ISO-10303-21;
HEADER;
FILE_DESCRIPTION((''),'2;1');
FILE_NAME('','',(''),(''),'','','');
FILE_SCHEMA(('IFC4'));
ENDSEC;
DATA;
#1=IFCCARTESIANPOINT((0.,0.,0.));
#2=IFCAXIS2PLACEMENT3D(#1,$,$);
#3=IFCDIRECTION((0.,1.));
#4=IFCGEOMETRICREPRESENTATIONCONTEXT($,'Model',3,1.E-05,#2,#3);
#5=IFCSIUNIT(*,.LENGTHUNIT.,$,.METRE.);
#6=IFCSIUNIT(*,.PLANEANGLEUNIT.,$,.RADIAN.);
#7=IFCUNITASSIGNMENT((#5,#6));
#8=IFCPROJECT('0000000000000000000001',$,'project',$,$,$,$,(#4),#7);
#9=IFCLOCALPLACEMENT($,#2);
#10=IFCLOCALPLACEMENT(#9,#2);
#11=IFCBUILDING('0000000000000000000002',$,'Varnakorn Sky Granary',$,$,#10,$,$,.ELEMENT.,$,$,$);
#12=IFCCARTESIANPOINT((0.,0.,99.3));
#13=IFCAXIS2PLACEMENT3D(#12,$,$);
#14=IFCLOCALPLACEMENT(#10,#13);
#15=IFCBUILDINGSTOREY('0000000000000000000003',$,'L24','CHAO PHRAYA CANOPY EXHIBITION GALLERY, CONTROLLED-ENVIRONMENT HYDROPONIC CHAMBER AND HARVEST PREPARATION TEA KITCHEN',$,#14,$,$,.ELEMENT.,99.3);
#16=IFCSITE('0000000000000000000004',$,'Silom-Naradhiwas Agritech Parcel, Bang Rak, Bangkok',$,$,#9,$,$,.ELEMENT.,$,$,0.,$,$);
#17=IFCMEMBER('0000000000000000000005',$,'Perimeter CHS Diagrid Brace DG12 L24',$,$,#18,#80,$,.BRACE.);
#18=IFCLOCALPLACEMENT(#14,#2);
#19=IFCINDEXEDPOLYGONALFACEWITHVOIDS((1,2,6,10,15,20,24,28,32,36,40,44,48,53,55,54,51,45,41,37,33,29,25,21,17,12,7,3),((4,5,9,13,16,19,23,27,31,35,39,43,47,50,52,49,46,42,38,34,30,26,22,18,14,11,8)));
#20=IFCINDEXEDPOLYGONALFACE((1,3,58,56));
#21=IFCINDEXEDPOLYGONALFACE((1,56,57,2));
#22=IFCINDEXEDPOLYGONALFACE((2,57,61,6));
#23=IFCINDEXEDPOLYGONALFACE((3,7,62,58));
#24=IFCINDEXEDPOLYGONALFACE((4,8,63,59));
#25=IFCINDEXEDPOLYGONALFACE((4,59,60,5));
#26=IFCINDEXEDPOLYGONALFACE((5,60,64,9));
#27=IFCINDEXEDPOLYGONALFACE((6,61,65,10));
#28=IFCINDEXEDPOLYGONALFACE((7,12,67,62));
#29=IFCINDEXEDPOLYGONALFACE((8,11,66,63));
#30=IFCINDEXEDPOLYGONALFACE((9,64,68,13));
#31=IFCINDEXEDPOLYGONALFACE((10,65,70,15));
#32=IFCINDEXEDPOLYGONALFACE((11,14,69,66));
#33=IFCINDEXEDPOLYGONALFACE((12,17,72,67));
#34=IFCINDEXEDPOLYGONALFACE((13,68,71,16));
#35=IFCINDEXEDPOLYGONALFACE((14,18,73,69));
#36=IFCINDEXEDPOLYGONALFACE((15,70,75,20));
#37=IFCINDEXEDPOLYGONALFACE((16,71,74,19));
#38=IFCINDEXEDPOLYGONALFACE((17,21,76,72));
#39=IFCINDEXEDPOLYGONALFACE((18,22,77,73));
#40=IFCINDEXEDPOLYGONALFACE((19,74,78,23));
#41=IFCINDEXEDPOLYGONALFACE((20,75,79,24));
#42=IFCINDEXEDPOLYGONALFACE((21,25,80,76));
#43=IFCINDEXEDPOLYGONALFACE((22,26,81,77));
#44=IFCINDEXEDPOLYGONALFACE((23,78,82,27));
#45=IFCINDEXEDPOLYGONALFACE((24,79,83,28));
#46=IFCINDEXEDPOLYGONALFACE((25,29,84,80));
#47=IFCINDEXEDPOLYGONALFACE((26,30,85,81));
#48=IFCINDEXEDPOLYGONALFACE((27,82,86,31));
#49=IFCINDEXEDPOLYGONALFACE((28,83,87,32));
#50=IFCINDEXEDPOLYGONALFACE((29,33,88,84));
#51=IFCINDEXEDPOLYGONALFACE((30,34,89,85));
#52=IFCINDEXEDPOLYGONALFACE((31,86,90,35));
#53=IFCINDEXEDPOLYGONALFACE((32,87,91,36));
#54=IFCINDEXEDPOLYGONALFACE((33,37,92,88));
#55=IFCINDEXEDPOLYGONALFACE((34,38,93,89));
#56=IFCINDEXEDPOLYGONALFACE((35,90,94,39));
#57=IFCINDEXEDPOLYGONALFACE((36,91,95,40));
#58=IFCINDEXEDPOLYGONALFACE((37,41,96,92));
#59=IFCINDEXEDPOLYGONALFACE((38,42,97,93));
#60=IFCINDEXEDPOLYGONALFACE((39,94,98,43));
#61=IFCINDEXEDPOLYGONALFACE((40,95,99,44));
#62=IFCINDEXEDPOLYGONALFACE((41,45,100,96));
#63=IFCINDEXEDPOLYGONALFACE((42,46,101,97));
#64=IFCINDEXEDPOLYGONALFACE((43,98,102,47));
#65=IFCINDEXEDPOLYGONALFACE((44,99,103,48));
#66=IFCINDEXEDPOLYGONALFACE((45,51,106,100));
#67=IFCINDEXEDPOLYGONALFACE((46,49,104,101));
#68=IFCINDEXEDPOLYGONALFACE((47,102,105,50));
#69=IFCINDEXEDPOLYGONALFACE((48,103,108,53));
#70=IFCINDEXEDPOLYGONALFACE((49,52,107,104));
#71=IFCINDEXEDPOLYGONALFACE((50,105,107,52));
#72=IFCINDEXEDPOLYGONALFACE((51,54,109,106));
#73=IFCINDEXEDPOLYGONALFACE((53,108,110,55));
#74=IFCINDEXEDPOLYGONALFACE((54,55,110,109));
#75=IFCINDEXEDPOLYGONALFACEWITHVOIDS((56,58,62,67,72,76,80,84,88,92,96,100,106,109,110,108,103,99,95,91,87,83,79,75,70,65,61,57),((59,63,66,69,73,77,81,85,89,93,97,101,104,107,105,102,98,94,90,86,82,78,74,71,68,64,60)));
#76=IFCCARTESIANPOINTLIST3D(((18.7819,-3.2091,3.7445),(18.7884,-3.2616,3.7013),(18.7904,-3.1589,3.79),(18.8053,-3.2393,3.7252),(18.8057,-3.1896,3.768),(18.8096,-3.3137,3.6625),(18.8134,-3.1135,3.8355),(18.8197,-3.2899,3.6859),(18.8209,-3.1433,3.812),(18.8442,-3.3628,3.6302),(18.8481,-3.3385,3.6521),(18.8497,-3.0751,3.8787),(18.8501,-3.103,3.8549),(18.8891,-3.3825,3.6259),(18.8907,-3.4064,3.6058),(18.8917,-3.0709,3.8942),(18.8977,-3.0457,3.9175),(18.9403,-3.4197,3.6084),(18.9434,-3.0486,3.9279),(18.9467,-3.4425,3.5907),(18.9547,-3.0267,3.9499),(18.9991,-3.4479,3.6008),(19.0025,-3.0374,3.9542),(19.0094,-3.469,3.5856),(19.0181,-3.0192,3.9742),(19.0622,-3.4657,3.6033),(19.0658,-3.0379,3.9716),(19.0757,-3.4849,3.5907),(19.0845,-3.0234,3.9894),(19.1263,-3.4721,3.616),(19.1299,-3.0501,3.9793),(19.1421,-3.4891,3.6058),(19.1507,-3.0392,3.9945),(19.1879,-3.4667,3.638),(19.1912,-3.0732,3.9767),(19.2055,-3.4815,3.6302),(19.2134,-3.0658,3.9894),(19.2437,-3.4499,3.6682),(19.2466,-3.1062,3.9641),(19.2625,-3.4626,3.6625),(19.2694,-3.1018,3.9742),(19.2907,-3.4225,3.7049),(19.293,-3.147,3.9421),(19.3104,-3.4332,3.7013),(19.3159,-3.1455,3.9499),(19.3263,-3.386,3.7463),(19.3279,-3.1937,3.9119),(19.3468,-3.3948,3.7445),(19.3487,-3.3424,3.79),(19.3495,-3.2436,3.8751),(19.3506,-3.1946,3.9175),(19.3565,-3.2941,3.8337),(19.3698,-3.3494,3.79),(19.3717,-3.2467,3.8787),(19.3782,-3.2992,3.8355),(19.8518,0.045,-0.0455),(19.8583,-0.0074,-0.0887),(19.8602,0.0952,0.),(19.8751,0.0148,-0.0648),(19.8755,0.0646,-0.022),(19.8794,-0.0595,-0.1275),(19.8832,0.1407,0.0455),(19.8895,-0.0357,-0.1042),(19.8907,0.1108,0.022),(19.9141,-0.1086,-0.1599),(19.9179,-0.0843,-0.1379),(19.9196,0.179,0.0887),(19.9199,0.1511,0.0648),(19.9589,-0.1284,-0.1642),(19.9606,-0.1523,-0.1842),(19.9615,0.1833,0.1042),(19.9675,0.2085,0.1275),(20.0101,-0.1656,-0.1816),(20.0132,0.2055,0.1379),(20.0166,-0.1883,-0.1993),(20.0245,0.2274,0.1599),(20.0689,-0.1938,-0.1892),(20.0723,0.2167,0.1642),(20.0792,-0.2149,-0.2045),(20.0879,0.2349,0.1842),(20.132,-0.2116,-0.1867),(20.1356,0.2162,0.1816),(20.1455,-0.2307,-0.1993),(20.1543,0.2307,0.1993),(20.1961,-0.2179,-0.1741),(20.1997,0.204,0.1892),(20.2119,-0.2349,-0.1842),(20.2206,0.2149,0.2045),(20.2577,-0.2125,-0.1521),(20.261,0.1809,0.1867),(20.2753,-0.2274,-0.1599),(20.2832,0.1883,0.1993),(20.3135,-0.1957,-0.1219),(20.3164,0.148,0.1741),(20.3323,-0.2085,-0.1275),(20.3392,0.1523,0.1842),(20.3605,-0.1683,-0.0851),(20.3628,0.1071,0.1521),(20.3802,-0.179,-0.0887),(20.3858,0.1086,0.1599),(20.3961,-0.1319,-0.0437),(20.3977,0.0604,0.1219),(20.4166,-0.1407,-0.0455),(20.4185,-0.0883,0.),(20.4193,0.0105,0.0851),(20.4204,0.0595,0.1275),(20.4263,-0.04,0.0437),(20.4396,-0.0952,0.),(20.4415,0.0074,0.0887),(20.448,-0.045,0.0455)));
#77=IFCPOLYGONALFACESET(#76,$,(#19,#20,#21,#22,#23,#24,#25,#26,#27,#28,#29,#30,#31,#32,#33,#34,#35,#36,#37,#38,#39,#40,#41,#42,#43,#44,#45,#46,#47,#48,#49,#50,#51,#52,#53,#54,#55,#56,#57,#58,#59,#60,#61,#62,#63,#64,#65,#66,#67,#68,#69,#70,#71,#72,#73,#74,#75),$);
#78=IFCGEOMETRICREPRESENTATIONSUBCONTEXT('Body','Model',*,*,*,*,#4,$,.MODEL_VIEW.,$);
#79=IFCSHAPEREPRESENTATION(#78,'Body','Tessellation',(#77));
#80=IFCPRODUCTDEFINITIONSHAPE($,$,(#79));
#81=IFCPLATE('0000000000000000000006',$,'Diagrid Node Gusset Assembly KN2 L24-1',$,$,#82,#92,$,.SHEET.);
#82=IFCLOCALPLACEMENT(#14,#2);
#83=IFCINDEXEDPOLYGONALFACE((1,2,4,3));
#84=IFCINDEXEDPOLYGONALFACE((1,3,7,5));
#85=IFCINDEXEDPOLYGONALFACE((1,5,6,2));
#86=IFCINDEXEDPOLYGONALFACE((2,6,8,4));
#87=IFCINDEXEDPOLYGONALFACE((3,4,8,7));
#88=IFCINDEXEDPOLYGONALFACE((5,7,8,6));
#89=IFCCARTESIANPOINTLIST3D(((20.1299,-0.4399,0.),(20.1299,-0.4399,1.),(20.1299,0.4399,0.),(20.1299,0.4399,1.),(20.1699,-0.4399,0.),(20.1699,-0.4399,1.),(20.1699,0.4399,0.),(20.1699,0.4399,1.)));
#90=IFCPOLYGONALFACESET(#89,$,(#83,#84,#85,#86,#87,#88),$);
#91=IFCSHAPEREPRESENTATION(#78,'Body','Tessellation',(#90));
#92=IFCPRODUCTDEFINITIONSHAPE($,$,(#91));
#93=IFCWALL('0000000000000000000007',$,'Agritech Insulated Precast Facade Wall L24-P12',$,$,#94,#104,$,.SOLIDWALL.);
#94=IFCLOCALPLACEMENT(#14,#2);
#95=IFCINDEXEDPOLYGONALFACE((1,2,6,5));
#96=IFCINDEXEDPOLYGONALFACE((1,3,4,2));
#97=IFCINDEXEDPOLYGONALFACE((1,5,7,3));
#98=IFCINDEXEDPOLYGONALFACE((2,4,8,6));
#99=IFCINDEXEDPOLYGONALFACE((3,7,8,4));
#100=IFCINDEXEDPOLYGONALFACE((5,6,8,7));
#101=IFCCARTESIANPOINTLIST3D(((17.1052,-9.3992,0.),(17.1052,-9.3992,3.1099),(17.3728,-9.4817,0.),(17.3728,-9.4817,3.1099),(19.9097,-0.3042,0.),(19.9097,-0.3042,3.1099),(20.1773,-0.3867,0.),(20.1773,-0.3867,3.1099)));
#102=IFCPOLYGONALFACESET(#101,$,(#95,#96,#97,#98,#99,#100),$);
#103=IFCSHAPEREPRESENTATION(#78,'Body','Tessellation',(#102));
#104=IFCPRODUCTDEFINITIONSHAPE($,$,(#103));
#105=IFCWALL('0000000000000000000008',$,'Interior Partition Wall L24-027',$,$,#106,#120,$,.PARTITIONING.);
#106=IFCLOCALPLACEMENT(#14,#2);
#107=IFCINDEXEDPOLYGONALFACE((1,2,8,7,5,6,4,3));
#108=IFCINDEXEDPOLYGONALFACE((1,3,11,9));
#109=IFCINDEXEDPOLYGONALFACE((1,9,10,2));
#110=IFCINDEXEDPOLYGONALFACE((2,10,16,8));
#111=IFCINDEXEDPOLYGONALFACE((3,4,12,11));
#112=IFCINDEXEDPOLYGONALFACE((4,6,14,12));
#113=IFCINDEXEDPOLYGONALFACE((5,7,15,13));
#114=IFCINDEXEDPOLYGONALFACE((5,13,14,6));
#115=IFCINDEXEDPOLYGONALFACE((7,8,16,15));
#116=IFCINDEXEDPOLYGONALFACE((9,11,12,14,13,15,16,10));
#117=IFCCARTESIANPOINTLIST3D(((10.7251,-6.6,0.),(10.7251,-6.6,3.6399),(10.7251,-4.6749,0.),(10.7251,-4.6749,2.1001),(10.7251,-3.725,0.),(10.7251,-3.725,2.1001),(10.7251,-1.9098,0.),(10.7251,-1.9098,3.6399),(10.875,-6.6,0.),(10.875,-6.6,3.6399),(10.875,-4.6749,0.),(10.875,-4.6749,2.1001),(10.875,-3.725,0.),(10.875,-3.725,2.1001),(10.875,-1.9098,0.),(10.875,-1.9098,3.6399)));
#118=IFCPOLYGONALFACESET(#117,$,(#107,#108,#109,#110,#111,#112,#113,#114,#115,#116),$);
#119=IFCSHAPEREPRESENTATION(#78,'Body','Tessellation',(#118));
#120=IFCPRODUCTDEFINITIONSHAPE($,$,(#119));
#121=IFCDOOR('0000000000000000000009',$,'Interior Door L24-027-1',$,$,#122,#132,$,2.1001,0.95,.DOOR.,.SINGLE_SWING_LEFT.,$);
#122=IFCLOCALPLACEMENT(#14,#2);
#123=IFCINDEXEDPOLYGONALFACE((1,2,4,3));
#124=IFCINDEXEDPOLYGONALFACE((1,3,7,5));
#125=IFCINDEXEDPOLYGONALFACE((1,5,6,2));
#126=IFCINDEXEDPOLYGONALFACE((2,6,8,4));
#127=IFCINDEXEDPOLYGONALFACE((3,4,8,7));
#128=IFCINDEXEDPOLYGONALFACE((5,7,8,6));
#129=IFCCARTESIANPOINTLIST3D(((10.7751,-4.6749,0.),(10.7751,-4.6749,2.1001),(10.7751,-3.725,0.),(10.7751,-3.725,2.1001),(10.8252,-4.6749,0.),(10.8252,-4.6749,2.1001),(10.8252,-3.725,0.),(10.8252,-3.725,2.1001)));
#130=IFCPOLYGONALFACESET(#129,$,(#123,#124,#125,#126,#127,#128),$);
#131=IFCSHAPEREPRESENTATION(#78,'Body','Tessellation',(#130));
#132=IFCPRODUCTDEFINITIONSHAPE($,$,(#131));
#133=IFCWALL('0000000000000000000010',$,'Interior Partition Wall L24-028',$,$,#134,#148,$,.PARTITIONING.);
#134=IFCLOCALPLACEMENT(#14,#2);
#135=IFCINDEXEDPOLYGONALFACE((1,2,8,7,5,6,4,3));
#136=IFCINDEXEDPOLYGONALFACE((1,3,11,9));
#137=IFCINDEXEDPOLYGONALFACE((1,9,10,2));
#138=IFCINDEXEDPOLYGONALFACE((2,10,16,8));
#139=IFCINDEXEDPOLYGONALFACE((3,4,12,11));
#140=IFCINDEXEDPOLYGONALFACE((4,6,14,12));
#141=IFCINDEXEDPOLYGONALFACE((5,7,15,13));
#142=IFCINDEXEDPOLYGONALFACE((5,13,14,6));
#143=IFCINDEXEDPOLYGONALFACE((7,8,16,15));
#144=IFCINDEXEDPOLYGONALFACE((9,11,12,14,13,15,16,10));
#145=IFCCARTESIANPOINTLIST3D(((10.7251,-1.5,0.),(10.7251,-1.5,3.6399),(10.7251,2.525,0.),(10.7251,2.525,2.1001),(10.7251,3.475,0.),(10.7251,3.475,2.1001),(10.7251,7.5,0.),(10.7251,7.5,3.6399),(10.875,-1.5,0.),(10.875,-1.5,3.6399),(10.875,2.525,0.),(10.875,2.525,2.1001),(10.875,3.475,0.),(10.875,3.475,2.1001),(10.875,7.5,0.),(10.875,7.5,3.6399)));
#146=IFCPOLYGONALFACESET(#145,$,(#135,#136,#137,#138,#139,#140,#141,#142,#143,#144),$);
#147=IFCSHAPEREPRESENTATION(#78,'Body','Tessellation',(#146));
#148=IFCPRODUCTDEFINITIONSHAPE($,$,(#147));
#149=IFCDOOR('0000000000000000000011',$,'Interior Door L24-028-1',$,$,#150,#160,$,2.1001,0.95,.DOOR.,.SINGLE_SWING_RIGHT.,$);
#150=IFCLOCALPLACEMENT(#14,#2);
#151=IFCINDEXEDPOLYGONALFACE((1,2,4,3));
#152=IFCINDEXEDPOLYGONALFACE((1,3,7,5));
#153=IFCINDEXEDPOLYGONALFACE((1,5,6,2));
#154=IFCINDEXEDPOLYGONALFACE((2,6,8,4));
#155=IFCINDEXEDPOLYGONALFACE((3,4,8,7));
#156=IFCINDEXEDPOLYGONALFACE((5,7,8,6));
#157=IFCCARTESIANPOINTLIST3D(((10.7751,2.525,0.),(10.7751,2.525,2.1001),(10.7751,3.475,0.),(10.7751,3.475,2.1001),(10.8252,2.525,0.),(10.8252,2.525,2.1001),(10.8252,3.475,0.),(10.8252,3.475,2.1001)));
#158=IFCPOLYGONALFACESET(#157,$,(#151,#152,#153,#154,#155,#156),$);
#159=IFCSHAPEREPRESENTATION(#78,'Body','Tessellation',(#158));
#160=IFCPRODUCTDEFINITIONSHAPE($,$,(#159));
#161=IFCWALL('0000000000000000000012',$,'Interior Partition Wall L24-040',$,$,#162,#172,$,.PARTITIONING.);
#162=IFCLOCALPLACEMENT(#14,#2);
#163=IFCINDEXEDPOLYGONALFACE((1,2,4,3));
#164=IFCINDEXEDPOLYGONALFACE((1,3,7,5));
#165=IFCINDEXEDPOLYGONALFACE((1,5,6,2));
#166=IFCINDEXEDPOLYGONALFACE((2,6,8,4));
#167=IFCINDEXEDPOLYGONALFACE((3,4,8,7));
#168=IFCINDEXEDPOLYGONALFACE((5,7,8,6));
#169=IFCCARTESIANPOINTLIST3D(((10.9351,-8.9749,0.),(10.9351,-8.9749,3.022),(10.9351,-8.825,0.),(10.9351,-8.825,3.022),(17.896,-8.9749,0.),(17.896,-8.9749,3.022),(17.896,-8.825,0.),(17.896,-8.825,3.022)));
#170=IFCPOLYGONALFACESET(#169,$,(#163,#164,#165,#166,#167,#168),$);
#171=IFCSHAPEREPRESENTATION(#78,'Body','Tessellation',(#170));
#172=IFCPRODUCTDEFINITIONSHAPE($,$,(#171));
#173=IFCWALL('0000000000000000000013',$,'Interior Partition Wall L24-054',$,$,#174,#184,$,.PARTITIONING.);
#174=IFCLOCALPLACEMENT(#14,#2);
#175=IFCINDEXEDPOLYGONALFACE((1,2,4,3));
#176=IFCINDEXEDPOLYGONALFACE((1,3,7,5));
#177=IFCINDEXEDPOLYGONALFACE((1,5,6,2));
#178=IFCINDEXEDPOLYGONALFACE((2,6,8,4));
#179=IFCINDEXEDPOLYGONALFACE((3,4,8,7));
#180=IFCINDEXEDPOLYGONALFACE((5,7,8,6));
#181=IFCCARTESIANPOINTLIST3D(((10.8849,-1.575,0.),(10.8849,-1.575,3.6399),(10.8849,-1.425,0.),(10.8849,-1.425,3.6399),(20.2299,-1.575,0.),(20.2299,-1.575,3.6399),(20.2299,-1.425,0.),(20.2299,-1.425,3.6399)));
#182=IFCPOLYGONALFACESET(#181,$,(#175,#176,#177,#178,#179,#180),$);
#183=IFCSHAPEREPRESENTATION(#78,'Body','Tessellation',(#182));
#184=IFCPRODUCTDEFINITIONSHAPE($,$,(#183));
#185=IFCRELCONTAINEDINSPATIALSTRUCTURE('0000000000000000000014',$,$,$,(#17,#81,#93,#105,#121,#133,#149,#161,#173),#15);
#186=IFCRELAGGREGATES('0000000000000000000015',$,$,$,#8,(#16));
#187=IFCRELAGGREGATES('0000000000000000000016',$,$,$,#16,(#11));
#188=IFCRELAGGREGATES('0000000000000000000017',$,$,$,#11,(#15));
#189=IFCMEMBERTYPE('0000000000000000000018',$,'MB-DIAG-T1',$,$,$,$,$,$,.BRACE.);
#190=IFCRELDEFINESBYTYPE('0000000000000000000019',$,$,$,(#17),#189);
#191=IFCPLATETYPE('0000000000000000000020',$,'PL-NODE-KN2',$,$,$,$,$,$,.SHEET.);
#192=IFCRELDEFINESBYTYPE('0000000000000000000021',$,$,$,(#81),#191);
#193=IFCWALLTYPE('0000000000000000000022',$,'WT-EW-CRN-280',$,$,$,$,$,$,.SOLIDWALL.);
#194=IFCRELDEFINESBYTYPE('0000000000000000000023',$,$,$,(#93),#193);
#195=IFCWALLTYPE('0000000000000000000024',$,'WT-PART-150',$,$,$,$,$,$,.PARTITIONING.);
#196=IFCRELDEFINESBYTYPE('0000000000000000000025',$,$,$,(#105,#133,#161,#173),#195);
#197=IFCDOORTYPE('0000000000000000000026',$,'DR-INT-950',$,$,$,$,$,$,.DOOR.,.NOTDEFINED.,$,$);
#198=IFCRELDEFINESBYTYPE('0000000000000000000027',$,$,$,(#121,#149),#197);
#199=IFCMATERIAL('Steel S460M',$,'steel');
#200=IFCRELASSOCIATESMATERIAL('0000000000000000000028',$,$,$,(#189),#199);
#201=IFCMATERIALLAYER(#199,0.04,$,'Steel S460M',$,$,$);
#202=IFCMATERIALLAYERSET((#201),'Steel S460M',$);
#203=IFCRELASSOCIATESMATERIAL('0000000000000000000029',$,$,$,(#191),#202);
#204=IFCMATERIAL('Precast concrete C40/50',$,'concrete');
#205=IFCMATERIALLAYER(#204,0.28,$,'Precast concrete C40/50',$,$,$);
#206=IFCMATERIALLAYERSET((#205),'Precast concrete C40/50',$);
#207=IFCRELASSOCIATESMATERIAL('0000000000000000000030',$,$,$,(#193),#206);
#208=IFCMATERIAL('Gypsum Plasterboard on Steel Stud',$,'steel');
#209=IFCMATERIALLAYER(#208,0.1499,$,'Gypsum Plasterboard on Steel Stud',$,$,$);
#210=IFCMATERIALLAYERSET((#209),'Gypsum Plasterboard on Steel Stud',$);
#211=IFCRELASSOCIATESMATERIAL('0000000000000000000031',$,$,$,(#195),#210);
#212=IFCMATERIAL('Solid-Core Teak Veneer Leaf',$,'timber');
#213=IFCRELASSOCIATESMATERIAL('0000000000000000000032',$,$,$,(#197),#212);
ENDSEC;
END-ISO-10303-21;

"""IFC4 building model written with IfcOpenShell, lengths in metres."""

from ifc_helpers import new_model, si_unit, direction, frame, frame_2d, origin, origin_2d, place, context, subcontext, project, spatial, rectangle, hollow_circle, extrude, material, layer, layer_set, material_profile, profile_set, type_object, element, fill, save


model = new_model("IFC4")

# Units and contexts
model_context = context("Model", 3, precision=1e-05, world=origin(), true_north=direction((0.0, 1.0)))
body_context = subcontext(model_context, "Body", "Model", "MODEL_VIEW")
ifc_project = project(units=[si_unit("LENGTHUNIT", "METRE"), si_unit("PLANEANGLEUNIT", "RADIAN")], contexts=[model_context])

# Site, building, storey
site_placement = place(None, origin())
site = spatial("IfcSite", under=ifc_project, at=site_placement, Name="Silom-Naradhiwas Agritech Parcel, Bang Rak, Bangkok", CompositionType="ELEMENT", RefElevation=0.0)
building_placement = place(site_placement, origin())
building = spatial("IfcBuilding", under=site, at=building_placement, Name="Varnakorn Sky Granary", CompositionType="ELEMENT")
storey_placement = place(building_placement, frame((0.0, 0.0, 99.3)))
storey = spatial("IfcBuildingStorey", under=building, at=storey_placement, Name="L24", Description="CHAO PHRAYA CANOPY EXHIBITION GALLERY, CONTROLLED-ENVIRONMENT HYDROPONIC CHAMBER AND HARVEST PREPARATION TEA KITCHEN", CompositionType="ELEMENT", Elevation=99.3)

# Shared definitions
ifc_material_1 = material(Name="Steel S460M", Category="steel")

# Member
ifc_material_profile_1 = material_profile(ifc_material_1, hollow_circle(Radius=0.3049, WallThickness=0.0222, at=origin_2d()), Name="CHS 610x22")
ifc_profile_set_1 = profile_set([ifc_material_profile_1], Name="Steel S460M")
member_type_1 = type_object("IfcMemberType", Name="MB-DIAG-T1", PredefinedType="BRACE", material=ifc_profile_set_1)
for number, where, z_axis, x_axis, name in (
    (1, (20.1499, 0.0, 0.0), (-0.209414, -0.636987, 0.741885), (0.949979, -0.312312, 0.0), "Perimeter CHS Diagrid Brace DG12 L24"),
):
    element("IfcMember", number, at=place(storey_placement, frame(where, z_axis=z_axis, x_axis=x_axis)), inside=storey, type_object=member_type_1, Name=name, PredefinedType="BRACE", context=body_context, shape_type="SweptSolid", body=[
        extrude(hollow_circle(Radius=0.3049, WallThickness=0.0222, at=origin_2d()), origin(), (0.0, 0.0, 1.0), 5.1086),
    ])

# Plate
ifc_layer_1 = layer(ifc_material_1, 0.04, Name="Steel S460M")
ifc_layer_set_1 = layer_set([ifc_layer_1], Name="Steel S460M")
plate_type = type_object("IfcPlateType", Name="PL-NODE-KN2", PredefinedType="SHEET", material=ifc_layer_set_1)
plate_placement = place(storey_placement, frame((20.1499, 0.0, 0.0), z_axis=(0.0, 0.0, 1.0), x_axis=(0.0, 1.0, 0.0)))
element("IfcPlate", 2, at=plate_placement, inside=storey, type_object=plate_type, Name="Diagrid Node Gusset Assembly KN2 L24-1", PredefinedType="SHEET", context=body_context, shape_type="SweptSolid", body=[
    extrude(rectangle(XDim=0.8799, YDim=0.04, at=origin_2d()), origin(), (0.0, 0.0, 1.0), 1.0),
])

# Wall
ifc_material_2 = material(Name="Precast concrete C40/50", Category="concrete")
ifc_layer_2 = layer(ifc_material_2, 0.28, Name="Precast concrete C40/50")
ifc_layer_set_2 = layer_set([ifc_layer_2], Name="Precast concrete C40/50")
wall_type_1 = type_object("IfcWallType", Name="WT-EW-CRN-280", PredefinedType="SOLIDWALL", material=ifc_layer_set_2)
wall_1_placement = place(storey_placement, frame((20.0435, -0.3455, 0.0), z_axis=(0.0, 0.0, 1.0), x_axis=(-0.294661, -0.955602, 0.0)))
element("IfcWall", 3, at=wall_1_placement, inside=storey, type_object=wall_type_1, Name="Agritech Insulated Precast Facade Wall L24-P12", PredefinedType="SOLIDWALL", context=body_context, shape_type="SweptSolid", body=[
    extrude(rectangle(XDim=9.5176, YDim=0.28, at=frame_2d((4.7588, 0.0))), origin(), (0.0, 0.0, 1.0), 3.1099),
])

# Walls, openings, doors
ifc_material_3 = material(Name="Gypsum Plasterboard on Steel Stud", Category="steel")
ifc_layer_3 = layer(ifc_material_3, 0.1499, Name="Gypsum Plasterboard on Steel Stud")
ifc_layer_set_3 = layer_set([ifc_layer_3], Name="Gypsum Plasterboard on Steel Stud")
wall_type_2 = type_object("IfcWallType", Name="WT-PART-150", PredefinedType="PARTITIONING", material=ifc_layer_set_3)
wall_2_placement = place(storey_placement, frame((10.8, -6.6001, 0.0), z_axis=(0.0, 0.0, 1.0), x_axis=(0.0, 1.0, 0.0)))
wall_2 = element("IfcWall", 4, at=wall_2_placement, inside=storey, type_object=wall_type_2, Name="Interior Partition Wall L24-027", PredefinedType="PARTITIONING", context=body_context, shape_type="SweptSolid", body=[
    extrude(rectangle(XDim=4.6902, YDim=0.1499, at=frame_2d((2.3452, 0.0))), origin(), (0.0, 0.0, 1.0), 3.6399),
])
opening_1_placement = place(wall_2_placement, frame((1.925, 0.0, 0.0)))
opening_1 = element("IfcOpeningElement", 5, at=opening_1_placement, cuts=wall_2, PredefinedType="OPENING", context=body_context, shape_type="SweptSolid", body=[
    extrude(rectangle(XDim=0.95, YDim=2.1001, at=frame_2d((0.4751, 1.05))), frame((0.0, 0.085, 0.0), z_axis=(0.0, -1.0, 0.0), x_axis=(1.0, 0.0, 0.0)), (0.0, 0.0, 1.0), 0.1699),
])
ifc_material_4 = material(Name="Solid-Core Teak Veneer Leaf", Category="timber")
door_type = type_object("IfcDoorType", Name="DR-INT-950", OperationType="NOTDEFINED", PredefinedType="DOOR", material=ifc_material_4)
door_1_placement = place(opening_1_placement, origin())
door_1 = element("IfcDoor", 6, at=door_1_placement, inside=storey, type_object=door_type, Name="Interior Door L24-027-1", OperationType="SINGLE_SWING_LEFT", OverallHeight=2.1001, OverallWidth=0.95, PredefinedType="DOOR", context=body_context, shape_type="SweptSolid", body=[
    extrude(rectangle(XDim=0.95, YDim=2.1001, at=frame_2d((0.4751, 1.05))), frame((0.0, 0.0249, 0.0), z_axis=(0.0, -1.0, 0.0), x_axis=(1.0, 0.0, 0.0)), (0.0, 0.0, 1.0), 0.05),
])
fill(opening_1, door_1)
wall_3_placement = place(storey_placement, frame((10.8, -1.5, 0.0), z_axis=(0.0, 0.0, 1.0), x_axis=(0.0, 1.0, 0.0)))
wall_3 = element("IfcWall", 7, at=wall_3_placement, inside=storey, type_object=wall_type_2, Name="Interior Partition Wall L24-028", PredefinedType="PARTITIONING", context=body_context, shape_type="SweptSolid", body=[
    extrude(rectangle(XDim=9.0, YDim=0.1499, at=frame_2d((4.5, 0.0))), origin(), (0.0, 0.0, 1.0), 3.6399),
])
opening_2_placement = place(wall_3_placement, frame((4.0249, 0.0, 0.0)))
opening_2 = element("IfcOpeningElement", 8, at=opening_2_placement, cuts=wall_3, PredefinedType="OPENING", context=body_context, shape_type="SweptSolid", body=[
    extrude(rectangle(XDim=0.95, YDim=2.1001, at=frame_2d((0.4751, 1.05))), frame((0.0, 0.085, 0.0), z_axis=(0.0, -1.0, 0.0), x_axis=(1.0, 0.0, 0.0)), (0.0, 0.0, 1.0), 0.1699),
])
door_2_placement = place(opening_2_placement, origin())
door_2 = element("IfcDoor", 9, at=door_2_placement, inside=storey, type_object=door_type, Name="Interior Door L24-028-1", OperationType="SINGLE_SWING_RIGHT", OverallHeight=2.1001, OverallWidth=0.95, PredefinedType="DOOR", context=body_context, shape_type="SweptSolid", body=[
    extrude(rectangle(XDim=0.95, YDim=2.1001, at=frame_2d((0.4751, 1.05))), frame((0.0, 0.0249, 0.0), z_axis=(0.0, -1.0, 0.0), x_axis=(1.0, 0.0, 0.0)), (0.0, 0.0, 1.0), 0.05),
])
fill(opening_2, door_2)

# Walls
wall_4_placement = place(storey_placement, frame((10.9351, -8.8999, 0.0), z_axis=(0.0, 0.0, 1.0), x_axis=(1.0, 0.0, 0.0)))
element("IfcWall", 10, at=wall_4_placement, inside=storey, type_object=wall_type_2, Name="Interior Partition Wall L24-040", PredefinedType="PARTITIONING", context=body_context, shape_type="SweptSolid", body=[
    extrude(rectangle(XDim=6.9609, YDim=0.1499, at=frame_2d((3.4805, 0.0))), origin(), (0.0, 0.0, 1.0), 3.022),
])
wall_5_placement = place(storey_placement, frame((10.885, -1.5, 0.0), z_axis=(0.0, 0.0, 1.0), x_axis=(1.0, 0.0, 0.0)))
element("IfcWall", 11, at=wall_5_placement, inside=storey, type_object=wall_type_2, Name="Interior Partition Wall L24-054", PredefinedType="PARTITIONING", context=body_context, shape_type="SweptSolid", body=[
    extrude(rectangle(XDim=9.345, YDim=0.1499, at=frame_2d((4.6724, 0.0))), origin(), (0.0, 0.0, 1.0), 3.6399),
])

save(model, "model.ifc")
